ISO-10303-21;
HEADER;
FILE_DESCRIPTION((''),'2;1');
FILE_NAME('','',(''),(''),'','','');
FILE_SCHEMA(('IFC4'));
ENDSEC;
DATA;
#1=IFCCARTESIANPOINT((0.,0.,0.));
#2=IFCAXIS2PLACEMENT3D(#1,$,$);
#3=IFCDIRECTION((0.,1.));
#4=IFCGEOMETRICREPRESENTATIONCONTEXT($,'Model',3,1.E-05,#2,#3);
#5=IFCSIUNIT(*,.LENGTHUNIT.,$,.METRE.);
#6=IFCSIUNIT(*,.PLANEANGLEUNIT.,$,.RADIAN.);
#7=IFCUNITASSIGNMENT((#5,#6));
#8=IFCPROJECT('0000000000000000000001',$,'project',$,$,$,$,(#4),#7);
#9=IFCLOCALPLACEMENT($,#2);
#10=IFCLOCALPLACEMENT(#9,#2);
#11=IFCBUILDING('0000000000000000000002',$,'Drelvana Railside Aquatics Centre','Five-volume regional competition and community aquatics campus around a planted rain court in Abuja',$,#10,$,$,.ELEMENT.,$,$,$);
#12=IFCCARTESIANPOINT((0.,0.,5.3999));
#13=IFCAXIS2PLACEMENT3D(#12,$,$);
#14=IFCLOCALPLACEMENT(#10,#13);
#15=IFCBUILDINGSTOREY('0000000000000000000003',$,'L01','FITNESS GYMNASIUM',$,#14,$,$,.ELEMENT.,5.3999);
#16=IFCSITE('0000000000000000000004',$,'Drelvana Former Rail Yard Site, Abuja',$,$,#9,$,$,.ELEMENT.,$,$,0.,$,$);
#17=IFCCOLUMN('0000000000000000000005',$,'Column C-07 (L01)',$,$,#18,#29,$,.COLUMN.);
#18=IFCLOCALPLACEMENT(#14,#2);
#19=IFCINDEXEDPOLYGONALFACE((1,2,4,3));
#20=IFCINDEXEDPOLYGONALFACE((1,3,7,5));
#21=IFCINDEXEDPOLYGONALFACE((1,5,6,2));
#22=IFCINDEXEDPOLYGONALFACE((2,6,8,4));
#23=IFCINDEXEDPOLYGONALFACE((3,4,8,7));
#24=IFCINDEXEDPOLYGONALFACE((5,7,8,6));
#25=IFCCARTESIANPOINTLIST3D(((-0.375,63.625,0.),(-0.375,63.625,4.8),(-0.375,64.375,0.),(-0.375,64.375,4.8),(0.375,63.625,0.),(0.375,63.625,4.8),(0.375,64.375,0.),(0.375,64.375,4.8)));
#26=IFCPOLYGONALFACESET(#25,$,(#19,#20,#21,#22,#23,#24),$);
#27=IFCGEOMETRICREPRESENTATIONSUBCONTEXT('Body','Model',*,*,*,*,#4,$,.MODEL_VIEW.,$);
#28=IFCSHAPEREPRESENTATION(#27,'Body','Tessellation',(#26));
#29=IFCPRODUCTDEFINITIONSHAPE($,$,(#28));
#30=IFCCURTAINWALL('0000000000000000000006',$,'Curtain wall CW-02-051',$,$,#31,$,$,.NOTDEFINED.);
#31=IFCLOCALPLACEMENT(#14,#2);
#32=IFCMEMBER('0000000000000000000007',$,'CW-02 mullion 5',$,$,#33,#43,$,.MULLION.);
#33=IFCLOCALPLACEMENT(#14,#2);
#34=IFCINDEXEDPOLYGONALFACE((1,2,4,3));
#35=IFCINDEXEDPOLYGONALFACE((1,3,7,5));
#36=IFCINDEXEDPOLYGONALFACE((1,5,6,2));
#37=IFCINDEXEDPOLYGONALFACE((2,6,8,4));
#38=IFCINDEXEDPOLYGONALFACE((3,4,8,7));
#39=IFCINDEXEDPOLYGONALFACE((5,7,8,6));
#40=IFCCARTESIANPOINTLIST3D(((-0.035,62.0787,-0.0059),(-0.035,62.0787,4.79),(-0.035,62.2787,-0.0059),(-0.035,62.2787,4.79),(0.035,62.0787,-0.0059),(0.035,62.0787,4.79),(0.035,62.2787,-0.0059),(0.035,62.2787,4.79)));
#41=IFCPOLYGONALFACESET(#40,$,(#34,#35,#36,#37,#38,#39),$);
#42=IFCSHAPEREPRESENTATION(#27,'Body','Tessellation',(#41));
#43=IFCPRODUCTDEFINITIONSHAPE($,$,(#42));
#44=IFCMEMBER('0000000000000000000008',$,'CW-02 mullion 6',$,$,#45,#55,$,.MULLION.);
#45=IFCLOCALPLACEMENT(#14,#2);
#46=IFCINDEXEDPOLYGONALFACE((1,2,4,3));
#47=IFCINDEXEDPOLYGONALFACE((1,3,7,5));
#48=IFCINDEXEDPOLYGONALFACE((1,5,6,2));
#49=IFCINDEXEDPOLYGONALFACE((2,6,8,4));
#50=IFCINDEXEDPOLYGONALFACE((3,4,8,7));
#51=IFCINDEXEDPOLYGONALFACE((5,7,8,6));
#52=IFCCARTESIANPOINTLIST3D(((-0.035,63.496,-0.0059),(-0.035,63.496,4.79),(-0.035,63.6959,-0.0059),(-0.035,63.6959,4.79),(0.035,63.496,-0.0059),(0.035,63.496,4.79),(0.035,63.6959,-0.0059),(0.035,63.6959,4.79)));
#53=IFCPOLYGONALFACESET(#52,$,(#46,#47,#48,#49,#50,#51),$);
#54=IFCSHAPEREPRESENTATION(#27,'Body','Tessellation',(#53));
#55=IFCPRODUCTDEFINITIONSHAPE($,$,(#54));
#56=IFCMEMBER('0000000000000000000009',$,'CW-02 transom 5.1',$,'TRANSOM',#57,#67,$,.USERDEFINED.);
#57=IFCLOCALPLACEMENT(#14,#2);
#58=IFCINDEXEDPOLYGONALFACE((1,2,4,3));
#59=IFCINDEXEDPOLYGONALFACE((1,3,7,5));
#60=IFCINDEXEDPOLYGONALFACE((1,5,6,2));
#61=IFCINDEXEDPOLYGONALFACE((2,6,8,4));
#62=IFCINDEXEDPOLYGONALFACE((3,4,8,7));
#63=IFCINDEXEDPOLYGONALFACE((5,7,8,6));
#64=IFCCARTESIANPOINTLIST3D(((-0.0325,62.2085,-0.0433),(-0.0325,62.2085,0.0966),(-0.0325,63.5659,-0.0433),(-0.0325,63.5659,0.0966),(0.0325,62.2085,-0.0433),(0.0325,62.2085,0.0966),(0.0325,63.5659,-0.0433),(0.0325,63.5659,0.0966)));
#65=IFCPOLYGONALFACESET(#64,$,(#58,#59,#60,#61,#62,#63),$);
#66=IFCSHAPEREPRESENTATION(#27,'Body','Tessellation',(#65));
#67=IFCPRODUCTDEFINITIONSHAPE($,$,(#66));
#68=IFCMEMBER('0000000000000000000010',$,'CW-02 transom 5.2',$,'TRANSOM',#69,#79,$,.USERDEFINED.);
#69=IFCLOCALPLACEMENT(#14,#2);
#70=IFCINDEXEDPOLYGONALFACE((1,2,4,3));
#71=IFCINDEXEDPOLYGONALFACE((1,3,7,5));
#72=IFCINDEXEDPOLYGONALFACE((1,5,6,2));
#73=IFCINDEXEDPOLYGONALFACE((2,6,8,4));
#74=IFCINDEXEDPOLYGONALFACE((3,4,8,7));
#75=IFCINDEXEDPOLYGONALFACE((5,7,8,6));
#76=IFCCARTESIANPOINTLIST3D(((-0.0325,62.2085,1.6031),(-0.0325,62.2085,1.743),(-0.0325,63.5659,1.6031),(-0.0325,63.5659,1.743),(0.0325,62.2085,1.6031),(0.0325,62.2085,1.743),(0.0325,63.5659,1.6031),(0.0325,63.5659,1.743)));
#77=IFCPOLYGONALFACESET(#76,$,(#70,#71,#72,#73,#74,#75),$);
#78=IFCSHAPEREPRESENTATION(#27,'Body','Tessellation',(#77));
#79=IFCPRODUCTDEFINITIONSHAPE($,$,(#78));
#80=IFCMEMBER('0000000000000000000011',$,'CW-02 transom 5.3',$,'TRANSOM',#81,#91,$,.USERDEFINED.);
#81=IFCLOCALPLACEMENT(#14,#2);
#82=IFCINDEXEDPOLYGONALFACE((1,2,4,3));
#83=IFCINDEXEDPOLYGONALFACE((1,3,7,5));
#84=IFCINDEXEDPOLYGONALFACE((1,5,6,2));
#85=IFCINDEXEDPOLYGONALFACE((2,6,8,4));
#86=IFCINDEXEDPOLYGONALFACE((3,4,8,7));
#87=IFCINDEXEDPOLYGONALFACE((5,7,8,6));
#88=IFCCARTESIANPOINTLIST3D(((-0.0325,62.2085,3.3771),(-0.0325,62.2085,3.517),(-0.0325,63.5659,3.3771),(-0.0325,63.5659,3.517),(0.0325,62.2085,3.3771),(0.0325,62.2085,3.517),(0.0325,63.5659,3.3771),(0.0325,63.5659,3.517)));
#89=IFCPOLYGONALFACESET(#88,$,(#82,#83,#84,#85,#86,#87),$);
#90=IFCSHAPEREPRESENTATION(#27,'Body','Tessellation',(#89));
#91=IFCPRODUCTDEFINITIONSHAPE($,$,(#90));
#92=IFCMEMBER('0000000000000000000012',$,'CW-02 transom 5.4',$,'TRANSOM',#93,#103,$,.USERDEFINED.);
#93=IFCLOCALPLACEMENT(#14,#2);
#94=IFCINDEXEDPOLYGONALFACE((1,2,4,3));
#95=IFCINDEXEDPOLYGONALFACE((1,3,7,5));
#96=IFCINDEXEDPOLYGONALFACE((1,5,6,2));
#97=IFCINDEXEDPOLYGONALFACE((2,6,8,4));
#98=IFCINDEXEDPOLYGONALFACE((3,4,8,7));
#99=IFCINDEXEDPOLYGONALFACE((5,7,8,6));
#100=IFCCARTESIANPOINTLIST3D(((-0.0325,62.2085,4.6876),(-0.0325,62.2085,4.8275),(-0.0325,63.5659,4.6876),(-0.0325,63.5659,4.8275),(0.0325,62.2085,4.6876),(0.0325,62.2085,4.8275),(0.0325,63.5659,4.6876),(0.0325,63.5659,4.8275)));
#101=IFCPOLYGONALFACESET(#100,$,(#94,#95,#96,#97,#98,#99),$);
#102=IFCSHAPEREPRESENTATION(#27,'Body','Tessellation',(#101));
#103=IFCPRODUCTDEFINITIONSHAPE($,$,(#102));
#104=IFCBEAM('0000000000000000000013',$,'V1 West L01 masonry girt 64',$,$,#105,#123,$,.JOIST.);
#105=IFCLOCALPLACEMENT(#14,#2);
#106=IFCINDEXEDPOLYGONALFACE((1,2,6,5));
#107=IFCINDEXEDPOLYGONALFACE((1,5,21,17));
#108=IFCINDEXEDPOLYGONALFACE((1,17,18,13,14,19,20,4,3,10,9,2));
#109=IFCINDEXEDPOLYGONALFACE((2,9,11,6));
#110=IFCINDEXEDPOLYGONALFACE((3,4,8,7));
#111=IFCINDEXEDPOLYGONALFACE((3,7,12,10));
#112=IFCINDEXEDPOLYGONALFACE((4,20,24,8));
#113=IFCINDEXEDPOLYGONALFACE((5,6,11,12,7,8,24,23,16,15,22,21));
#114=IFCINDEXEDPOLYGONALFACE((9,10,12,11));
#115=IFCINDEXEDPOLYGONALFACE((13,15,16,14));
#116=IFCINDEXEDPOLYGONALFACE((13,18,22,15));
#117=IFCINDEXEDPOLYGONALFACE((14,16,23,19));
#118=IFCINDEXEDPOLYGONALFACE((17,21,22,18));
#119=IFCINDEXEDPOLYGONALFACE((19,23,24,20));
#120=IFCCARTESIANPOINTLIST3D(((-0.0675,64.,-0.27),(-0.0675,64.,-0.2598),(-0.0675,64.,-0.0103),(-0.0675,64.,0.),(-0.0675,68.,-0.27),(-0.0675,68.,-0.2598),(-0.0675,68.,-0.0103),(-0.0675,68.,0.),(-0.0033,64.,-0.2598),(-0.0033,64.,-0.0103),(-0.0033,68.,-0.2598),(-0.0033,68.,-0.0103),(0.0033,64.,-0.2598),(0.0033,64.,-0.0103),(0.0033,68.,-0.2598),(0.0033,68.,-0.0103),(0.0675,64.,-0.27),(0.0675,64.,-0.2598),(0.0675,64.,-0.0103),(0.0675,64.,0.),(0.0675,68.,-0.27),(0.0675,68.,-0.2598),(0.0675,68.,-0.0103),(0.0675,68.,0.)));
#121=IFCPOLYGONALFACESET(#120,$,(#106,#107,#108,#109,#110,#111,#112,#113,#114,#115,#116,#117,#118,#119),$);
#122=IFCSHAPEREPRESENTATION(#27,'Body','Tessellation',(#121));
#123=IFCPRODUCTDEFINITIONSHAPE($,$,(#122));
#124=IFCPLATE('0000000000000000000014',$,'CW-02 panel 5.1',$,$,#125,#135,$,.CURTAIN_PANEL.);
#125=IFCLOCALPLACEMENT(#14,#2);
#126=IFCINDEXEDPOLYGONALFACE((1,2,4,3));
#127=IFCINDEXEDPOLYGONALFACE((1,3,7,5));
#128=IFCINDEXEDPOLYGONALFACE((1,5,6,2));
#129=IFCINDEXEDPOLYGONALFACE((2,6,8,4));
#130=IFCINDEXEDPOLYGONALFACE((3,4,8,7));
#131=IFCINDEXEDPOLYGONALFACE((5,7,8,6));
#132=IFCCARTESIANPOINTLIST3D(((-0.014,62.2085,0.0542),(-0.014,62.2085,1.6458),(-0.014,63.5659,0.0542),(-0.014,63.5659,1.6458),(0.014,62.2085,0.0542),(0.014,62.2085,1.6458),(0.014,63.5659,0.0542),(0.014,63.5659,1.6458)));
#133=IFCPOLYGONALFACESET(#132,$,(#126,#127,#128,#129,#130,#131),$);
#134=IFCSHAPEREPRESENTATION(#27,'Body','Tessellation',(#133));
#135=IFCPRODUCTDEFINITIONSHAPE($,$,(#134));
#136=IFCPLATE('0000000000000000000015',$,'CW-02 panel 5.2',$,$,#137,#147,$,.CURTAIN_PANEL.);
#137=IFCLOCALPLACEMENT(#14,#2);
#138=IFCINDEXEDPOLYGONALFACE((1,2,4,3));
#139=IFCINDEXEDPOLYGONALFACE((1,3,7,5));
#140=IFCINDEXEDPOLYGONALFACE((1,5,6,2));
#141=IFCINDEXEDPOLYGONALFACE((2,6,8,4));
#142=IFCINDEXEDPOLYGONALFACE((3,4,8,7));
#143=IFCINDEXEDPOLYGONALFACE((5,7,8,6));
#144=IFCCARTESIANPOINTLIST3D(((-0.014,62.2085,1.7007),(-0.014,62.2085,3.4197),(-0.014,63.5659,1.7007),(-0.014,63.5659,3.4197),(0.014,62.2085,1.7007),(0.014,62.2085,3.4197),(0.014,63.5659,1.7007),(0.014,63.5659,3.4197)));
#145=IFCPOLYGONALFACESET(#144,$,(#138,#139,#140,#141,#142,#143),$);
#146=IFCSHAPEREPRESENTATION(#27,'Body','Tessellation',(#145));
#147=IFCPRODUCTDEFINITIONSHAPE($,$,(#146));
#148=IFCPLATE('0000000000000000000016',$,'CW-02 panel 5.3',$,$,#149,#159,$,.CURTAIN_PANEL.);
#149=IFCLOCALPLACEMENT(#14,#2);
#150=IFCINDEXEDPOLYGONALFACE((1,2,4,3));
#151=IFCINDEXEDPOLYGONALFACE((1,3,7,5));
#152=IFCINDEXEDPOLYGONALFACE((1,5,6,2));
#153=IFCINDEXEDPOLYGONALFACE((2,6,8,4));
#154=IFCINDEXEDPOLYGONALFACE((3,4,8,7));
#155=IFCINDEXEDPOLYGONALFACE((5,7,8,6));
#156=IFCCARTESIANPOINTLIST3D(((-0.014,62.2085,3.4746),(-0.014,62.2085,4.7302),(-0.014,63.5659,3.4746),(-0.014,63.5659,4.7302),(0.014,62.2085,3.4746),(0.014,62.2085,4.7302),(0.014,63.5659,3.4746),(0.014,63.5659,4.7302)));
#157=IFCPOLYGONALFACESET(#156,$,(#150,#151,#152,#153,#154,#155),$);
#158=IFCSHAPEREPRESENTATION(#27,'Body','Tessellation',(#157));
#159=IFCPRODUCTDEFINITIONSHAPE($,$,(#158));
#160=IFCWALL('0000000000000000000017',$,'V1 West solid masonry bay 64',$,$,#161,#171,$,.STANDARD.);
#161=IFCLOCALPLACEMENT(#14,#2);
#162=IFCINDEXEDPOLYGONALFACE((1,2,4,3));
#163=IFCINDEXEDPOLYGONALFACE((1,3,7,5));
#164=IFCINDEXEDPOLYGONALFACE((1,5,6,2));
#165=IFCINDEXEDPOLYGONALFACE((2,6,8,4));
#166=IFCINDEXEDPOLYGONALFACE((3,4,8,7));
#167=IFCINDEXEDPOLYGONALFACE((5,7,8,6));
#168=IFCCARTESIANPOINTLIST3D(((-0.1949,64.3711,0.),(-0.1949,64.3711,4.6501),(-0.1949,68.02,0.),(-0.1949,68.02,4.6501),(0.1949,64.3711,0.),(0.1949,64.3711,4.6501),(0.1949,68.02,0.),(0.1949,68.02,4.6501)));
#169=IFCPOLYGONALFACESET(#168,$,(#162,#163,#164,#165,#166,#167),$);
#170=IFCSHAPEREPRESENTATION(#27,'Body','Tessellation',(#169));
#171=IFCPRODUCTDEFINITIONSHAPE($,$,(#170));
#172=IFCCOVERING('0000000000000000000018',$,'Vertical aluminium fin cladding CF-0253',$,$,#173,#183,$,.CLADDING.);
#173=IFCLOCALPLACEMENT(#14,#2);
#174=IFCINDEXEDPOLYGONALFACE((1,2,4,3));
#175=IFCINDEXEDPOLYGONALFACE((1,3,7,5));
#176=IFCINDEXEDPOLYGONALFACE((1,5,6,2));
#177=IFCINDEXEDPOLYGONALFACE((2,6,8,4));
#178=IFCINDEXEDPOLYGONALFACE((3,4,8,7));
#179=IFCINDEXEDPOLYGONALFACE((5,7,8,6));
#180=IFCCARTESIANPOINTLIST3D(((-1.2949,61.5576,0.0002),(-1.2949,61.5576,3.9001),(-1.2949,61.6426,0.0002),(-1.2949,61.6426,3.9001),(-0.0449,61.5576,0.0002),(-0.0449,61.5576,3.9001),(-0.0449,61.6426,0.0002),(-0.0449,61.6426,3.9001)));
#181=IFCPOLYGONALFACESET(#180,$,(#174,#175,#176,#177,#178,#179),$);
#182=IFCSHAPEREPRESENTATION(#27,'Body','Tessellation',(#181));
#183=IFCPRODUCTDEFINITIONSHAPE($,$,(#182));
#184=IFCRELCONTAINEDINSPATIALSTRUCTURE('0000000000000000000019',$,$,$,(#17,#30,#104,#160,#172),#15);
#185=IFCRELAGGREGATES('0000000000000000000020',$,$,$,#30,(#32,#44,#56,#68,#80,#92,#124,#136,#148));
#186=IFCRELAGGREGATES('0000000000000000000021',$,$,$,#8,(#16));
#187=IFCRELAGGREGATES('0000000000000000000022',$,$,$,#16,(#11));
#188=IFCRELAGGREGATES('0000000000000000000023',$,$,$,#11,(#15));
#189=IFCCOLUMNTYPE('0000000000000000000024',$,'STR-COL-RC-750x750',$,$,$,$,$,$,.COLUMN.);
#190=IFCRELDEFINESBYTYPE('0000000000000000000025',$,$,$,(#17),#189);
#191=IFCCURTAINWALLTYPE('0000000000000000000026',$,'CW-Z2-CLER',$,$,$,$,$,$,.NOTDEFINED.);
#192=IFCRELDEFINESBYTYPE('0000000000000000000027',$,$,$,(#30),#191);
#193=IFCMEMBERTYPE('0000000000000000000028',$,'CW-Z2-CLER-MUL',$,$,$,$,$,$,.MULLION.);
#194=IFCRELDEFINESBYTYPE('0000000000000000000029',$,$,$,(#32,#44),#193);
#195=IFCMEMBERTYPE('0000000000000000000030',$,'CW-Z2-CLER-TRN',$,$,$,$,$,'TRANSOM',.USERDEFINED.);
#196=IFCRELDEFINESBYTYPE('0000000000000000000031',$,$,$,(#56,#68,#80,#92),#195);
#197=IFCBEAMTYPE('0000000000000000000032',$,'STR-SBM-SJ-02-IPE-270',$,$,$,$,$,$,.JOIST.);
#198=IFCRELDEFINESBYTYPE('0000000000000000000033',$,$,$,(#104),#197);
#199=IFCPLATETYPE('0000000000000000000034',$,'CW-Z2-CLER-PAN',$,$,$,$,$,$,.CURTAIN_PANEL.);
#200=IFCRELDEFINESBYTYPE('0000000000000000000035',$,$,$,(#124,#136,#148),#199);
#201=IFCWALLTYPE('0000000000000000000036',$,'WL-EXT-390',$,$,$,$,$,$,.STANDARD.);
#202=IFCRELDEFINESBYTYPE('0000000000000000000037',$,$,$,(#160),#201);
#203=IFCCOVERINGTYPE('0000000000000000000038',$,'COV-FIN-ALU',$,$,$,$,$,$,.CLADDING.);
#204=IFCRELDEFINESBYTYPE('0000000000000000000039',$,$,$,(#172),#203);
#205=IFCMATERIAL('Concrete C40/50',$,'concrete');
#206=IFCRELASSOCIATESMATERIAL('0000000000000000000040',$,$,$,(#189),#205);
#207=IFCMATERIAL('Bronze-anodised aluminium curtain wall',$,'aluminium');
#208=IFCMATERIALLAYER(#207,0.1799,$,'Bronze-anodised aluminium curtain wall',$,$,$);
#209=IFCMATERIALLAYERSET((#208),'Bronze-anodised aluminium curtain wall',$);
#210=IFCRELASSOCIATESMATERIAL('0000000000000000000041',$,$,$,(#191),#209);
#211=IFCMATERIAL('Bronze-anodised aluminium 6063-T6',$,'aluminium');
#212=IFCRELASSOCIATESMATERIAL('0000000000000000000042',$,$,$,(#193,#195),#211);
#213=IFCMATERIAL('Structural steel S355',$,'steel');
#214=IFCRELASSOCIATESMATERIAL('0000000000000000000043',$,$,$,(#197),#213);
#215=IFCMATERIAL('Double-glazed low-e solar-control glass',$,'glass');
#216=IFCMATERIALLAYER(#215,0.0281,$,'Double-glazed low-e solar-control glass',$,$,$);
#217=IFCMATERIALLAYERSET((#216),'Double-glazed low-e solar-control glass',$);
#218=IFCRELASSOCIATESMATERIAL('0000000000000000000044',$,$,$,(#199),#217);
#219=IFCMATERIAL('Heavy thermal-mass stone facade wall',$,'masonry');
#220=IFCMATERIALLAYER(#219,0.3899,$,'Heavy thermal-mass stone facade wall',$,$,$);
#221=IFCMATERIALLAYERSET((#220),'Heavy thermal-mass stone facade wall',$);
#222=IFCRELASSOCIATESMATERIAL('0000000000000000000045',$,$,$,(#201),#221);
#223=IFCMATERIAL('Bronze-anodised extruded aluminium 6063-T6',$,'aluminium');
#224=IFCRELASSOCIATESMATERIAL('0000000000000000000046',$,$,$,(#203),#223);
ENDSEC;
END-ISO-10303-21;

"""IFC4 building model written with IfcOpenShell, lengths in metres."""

from ifc_helpers import new_model, si_unit, direction, frame, frame_2d, origin, origin_2d, place, context, subcontext, project, spatial, rectangle, i_section, extrude, material, layer, layer_set, material_profile, profile_set, type_object, element, aggregate, save


model = new_model("IFC4")

# Units and contexts
model_context = context("Model", 3, precision=1e-05, world=origin(), true_north=direction((0.0, 1.0)))
body_context = subcontext(model_context, "Body", "Model", "MODEL_VIEW")
ifc_project = project(units=[si_unit("LENGTHUNIT", "METRE"), si_unit("PLANEANGLEUNIT", "RADIAN")], contexts=[model_context])

# Site, building, storey
site_placement = place(None, origin())
site = spatial("IfcSite", under=ifc_project, at=site_placement, Name="Drelvana Former Rail Yard Site, Abuja", CompositionType="ELEMENT", RefElevation=0.0)
building_placement = place(site_placement, origin())
building = spatial("IfcBuilding", under=site, at=building_placement, Name="Drelvana Railside Aquatics Centre", Description="Five-volume regional competition and community aquatics campus around a planted rain court in Abuja", CompositionType="ELEMENT")
storey_placement = place(building_placement, frame((0.0, 0.0, 5.3999)))
storey = spatial("IfcBuildingStorey", under=building, at=storey_placement, Name="L01", Description="FITNESS GYMNASIUM", CompositionType="ELEMENT", Elevation=5.3999)

# Column
ifc_material_1 = material(Name="Concrete C40/50", Category="concrete")
ifc_material_profile_1 = material_profile(ifc_material_1, rectangle(XDim=0.75, YDim=0.75, at=origin_2d()), Name="RC 750x750")
ifc_profile_set_1 = profile_set([ifc_material_profile_1], Name="Concrete C40/50")
column_type = type_object("IfcColumnType", Name="STR-COL-RC-750x750", PredefinedType="COLUMN", material=ifc_profile_set_1)
column_placement = place(storey_placement, frame((0.0, 64.0, 0.0), z_axis=(0.0, 0.0, 1.0), x_axis=(1.0, 0.0, 0.0)))
element("IfcColumn", 1, at=column_placement, inside=storey, type_object=column_type, Name="Column C-07 (L01)", PredefinedType="COLUMN", context=body_context, shape_type="SweptSolid", body=[
    extrude(rectangle(XDim=0.75, YDim=0.75, at=origin_2d()), origin(), (0.0, 0.0, 1.0), 4.8),
])

# Curtain wall, members
ifc_material_2 = material(Name="Bronze-anodised aluminium curtain wall", Category="aluminium")
ifc_layer_1 = layer(ifc_material_2, 0.1799, Name="Bronze-anodised aluminium curtain wall")
ifc_layer_set_1 = layer_set([ifc_layer_1], Name="Bronze-anodised aluminium curtain wall")
curtain_wall_type = type_object("IfcCurtainWallType", Name="CW-Z2-CLER", PredefinedType="NOTDEFINED", material=ifc_layer_set_1)
curtain_wall_placement = place(storey_placement, origin())
curtain_wall = element("IfcCurtainWall", 2, at=curtain_wall_placement, inside=storey, type_object=curtain_wall_type, Name="Curtain wall CW-02-051", PredefinedType="NOTDEFINED")
ifc_material_3 = material(Name="Bronze-anodised aluminium 6063-T6", Category="aluminium")
ifc_material_profile_2 = material_profile(ifc_material_3, rectangle(XDim=0.0701, YDim=0.2, at=origin_2d()), Name="ALU-M 70x200")
ifc_profile_set_2 = profile_set([ifc_material_profile_2], Name="Bronze-anodised aluminium 6063-T6")
member_type_1 = type_object("IfcMemberType", Name="CW-Z2-CLER-MUL", PredefinedType="MULLION", material=ifc_profile_set_2)
member_1_placement = place(storey_placement, frame((0.0, 62.1787, -0.0059), z_axis=(0.0, 0.0, 1.0), x_axis=(-1.0, 0.0, 0.0)))
member_1 = element("IfcMember", 3, at=member_1_placement, type_object=member_type_1, Name="CW-02 mullion 5", PredefinedType="MULLION", context=body_context, shape_type="SweptSolid", body=[
    extrude(rectangle(XDim=0.0701, YDim=0.2, at=origin_2d()), origin(), (0.0, 0.0, 1.0), 4.7959),
])
member_2_placement = place(storey_placement, frame((0.0, 63.5959, -0.0059), z_axis=(0.0, 0.0, 1.0), x_axis=(-1.0, 0.0, 0.0)))
member_2 = element("IfcMember", 4, at=member_2_placement, type_object=member_type_1, Name="CW-02 mullion 6", PredefinedType="MULLION", context=body_context, shape_type="SweptSolid", body=[
    extrude(rectangle(XDim=0.0701, YDim=0.2, at=origin_2d()), origin(), (0.0, 0.0, 1.0), 4.7959),
])
ifc_material_profile_3 = material_profile(ifc_material_3, rectangle(XDim=0.1399, YDim=0.0649, at=origin_2d()), Name="ALU-T 65x140")
ifc_profile_set_3 = profile_set([ifc_material_profile_3], Name="Bronze-anodised aluminium 6063-T6")
member_type_2 = type_object("IfcMemberType", Name="CW-Z2-CLER-TRN", ElementType="TRANSOM", PredefinedType="USERDEFINED", material=ifc_profile_set_3)
member_3_placement = place(storey_placement, frame((0.0, 62.2085, 0.0266), z_axis=(0.0, 1.0, 0.0), x_axis=(0.0, 0.0, 1.0)))
member_3 = element("IfcMember", 5, at=member_3_placement, type_object=member_type_2, Name="CW-02 transom 5.1", ObjectType="TRANSOM", PredefinedType="USERDEFINED", context=body_context, shape_type="SweptSolid", body=[
    extrude(rectangle(XDim=0.1399, YDim=0.0649, at=origin_2d()), origin(), (0.0, 0.0, 1.0), 1.3574),
])
member_4_placement = place(storey_placement, frame((0.0, 62.2085, 1.6731), z_axis=(0.0, 1.0, 0.0), x_axis=(0.0, 0.0, 1.0)))
member_4 = element("IfcMember", 6, at=member_4_placement, type_object=member_type_2, Name="CW-02 transom 5.2", ObjectType="TRANSOM", PredefinedType="USERDEFINED", context=body_context, shape_type="SweptSolid", body=[
    extrude(rectangle(XDim=0.1399, YDim=0.0649, at=origin_2d()), origin(), (0.0, 0.0, 1.0), 1.3574),
])
member_5_placement = place(storey_placement, frame((0.0, 62.2085, 3.447), z_axis=(0.0, 1.0, 0.0), x_axis=(0.0, 0.0, 1.0)))
member_5 = element("IfcMember", 7, at=member_5_placement, type_object=member_type_2, Name="CW-02 transom 5.3", ObjectType="TRANSOM", PredefinedType="USERDEFINED", context=body_context, shape_type="SweptSolid", body=[
    extrude(rectangle(XDim=0.1399, YDim=0.0649, at=origin_2d()), origin(), (0.0, 0.0, 1.0), 1.3574),
])
member_6_placement = place(storey_placement, frame((0.0, 62.2085, 4.7576), z_axis=(0.0, 1.0, 0.0), x_axis=(0.0, 0.0, 1.0)))
member_6 = element("IfcMember", 8, at=member_6_placement, type_object=member_type_2, Name="CW-02 transom 5.4", ObjectType="TRANSOM", PredefinedType="USERDEFINED", context=body_context, shape_type="SweptSolid", body=[
    extrude(rectangle(XDim=0.1399, YDim=0.0649, at=origin_2d()), origin(), (0.0, 0.0, 1.0), 1.3574),
])

# Beam
ifc_material_4 = material(Name="Structural steel S355", Category="steel")
ifc_material_profile_4 = material_profile(ifc_material_4, i_section(OverallWidth=0.135, OverallDepth=0.27, WebThickness=0.0066, FlangeThickness=0.0103, at=origin_2d()), Name="IPE 270")
ifc_profile_set_4 = profile_set([ifc_material_profile_4], Name="Structural steel S355")
beam_type = type_object("IfcBeamType", Name="STR-SBM-SJ-02-IPE-270", PredefinedType="JOIST", material=ifc_profile_set_4)
beam_placement = place(storey_placement, frame((0.0, 64.0, -0.135), z_axis=(0.0, 1.0, 0.0), x_axis=(-1.0, 0.0, 0.0)))
element("IfcBeam", 9, at=beam_placement, inside=storey, type_object=beam_type, Name="V1 West L01 masonry girt 64", PredefinedType="JOIST", context=body_context, shape_type="SweptSolid", body=[
    extrude(i_section(OverallWidth=0.135, OverallDepth=0.27, WebThickness=0.0066, FlangeThickness=0.0103, at=origin_2d()), origin(), (0.0, 0.0, 1.0), 4.0),
])

# Plates
ifc_material_5 = material(Name="Double-glazed low-e solar-control glass", Category="glass")
ifc_layer_2 = layer(ifc_material_5, 0.0281, Name="Double-glazed low-e solar-control glass")
ifc_layer_set_2 = layer_set([ifc_layer_2], Name="Double-glazed low-e solar-control glass")
plate_type = type_object("IfcPlateType", Name="CW-Z2-CLER-PAN", PredefinedType="CURTAIN_PANEL", material=ifc_layer_set_2)
plate_1_placement = place(storey_placement, frame((0.0, 62.8872, 0.0542), z_axis=(0.0, 0.0, 1.0), x_axis=(0.0, 1.0, 0.0)))
plate_1 = element("IfcPlate", 10, at=plate_1_placement, type_object=plate_type, Name="CW-02 panel 5.1", PredefinedType="CURTAIN_PANEL", context=body_context, shape_type="SweptSolid", body=[
    extrude(rectangle(XDim=1.3574, YDim=0.0281, at=origin_2d()), origin(), (0.0, 0.0, 1.0), 1.5916),
])
plate_2_placement = place(storey_placement, frame((0.0, 62.8872, 1.7007), z_axis=(0.0, 0.0, 1.0), x_axis=(0.0, 1.0, 0.0)))
plate_2 = element("IfcPlate", 11, at=plate_2_placement, type_object=plate_type, Name="CW-02 panel 5.2", PredefinedType="CURTAIN_PANEL", context=body_context, shape_type="SweptSolid", body=[
    extrude(rectangle(XDim=1.3574, YDim=0.0281, at=origin_2d()), origin(), (0.0, 0.0, 1.0), 1.719),
])
plate_3_placement = place(storey_placement, frame((0.0, 62.8872, 3.4746), z_axis=(0.0, 0.0, 1.0), x_axis=(0.0, 1.0, 0.0)))
plate_3 = element("IfcPlate", 12, at=plate_3_placement, type_object=plate_type, Name="CW-02 panel 5.3", PredefinedType="CURTAIN_PANEL", context=body_context, shape_type="SweptSolid", body=[
    extrude(rectangle(XDim=1.3574, YDim=0.0281, at=origin_2d()), origin(), (0.0, 0.0, 1.0), 1.2556),
])
aggregate(curtain_wall, [member_1, member_2, member_3, member_4, member_5, member_6, plate_1, plate_2, plate_3])

# Wall
ifc_material_6 = material(Name="Heavy thermal-mass stone facade wall", Category="masonry")
ifc_layer_3 = layer(ifc_material_6, 0.3899, Name="Heavy thermal-mass stone facade wall")
ifc_layer_set_3 = layer_set([ifc_layer_3], Name="Heavy thermal-mass stone facade wall")
wall_type = type_object("IfcWallType", Name="WL-EXT-390", PredefinedType="STANDARD", material=ifc_layer_set_3)
wall_placement = place(storey_placement, frame((0.0, 64.3711, 0.0), z_axis=(0.0, 0.0, 1.0), x_axis=(0.0, 1.0, 0.0)))
element("IfcWall", 13, at=wall_placement, inside=storey, type_object=wall_type, Name="V1 West solid masonry bay 64", PredefinedType="STANDARD", context=body_context, shape_type="SweptSolid", body=[
    extrude(rectangle(XDim=3.6489, YDim=0.3899, at=frame_2d((1.8245, 0.0))), origin(), (0.0, 0.0, 1.0), 4.6501),
])

# Covering
ifc_material_7 = material(Name="Bronze-anodised extruded aluminium 6063-T6", Category="aluminium")
covering_type = type_object("IfcCoveringType", Name="COV-FIN-ALU", PredefinedType="CLADDING", material=ifc_material_7)
for number, where, z_axis, x_axis, name in (
    (14, (-0.6699, 61.6001, 0.0002), (0.0, 0.0, 1.0), (0.0, 1.0, 0.0), "Vertical aluminium fin cladding CF-0253"),
):
    element("IfcCovering", number, at=place(storey_placement, frame(where, z_axis=z_axis, x_axis=x_axis)), inside=storey, type_object=covering_type, Name=name, PredefinedType="CLADDING", context=body_context, shape_type="SweptSolid", body=[
        extrude(rectangle(XDim=0.085, YDim=1.25, at=origin_2d()), origin(), (0.0, 0.0, 1.0), 3.8999),
    ])

save(model, "model.ifc")
